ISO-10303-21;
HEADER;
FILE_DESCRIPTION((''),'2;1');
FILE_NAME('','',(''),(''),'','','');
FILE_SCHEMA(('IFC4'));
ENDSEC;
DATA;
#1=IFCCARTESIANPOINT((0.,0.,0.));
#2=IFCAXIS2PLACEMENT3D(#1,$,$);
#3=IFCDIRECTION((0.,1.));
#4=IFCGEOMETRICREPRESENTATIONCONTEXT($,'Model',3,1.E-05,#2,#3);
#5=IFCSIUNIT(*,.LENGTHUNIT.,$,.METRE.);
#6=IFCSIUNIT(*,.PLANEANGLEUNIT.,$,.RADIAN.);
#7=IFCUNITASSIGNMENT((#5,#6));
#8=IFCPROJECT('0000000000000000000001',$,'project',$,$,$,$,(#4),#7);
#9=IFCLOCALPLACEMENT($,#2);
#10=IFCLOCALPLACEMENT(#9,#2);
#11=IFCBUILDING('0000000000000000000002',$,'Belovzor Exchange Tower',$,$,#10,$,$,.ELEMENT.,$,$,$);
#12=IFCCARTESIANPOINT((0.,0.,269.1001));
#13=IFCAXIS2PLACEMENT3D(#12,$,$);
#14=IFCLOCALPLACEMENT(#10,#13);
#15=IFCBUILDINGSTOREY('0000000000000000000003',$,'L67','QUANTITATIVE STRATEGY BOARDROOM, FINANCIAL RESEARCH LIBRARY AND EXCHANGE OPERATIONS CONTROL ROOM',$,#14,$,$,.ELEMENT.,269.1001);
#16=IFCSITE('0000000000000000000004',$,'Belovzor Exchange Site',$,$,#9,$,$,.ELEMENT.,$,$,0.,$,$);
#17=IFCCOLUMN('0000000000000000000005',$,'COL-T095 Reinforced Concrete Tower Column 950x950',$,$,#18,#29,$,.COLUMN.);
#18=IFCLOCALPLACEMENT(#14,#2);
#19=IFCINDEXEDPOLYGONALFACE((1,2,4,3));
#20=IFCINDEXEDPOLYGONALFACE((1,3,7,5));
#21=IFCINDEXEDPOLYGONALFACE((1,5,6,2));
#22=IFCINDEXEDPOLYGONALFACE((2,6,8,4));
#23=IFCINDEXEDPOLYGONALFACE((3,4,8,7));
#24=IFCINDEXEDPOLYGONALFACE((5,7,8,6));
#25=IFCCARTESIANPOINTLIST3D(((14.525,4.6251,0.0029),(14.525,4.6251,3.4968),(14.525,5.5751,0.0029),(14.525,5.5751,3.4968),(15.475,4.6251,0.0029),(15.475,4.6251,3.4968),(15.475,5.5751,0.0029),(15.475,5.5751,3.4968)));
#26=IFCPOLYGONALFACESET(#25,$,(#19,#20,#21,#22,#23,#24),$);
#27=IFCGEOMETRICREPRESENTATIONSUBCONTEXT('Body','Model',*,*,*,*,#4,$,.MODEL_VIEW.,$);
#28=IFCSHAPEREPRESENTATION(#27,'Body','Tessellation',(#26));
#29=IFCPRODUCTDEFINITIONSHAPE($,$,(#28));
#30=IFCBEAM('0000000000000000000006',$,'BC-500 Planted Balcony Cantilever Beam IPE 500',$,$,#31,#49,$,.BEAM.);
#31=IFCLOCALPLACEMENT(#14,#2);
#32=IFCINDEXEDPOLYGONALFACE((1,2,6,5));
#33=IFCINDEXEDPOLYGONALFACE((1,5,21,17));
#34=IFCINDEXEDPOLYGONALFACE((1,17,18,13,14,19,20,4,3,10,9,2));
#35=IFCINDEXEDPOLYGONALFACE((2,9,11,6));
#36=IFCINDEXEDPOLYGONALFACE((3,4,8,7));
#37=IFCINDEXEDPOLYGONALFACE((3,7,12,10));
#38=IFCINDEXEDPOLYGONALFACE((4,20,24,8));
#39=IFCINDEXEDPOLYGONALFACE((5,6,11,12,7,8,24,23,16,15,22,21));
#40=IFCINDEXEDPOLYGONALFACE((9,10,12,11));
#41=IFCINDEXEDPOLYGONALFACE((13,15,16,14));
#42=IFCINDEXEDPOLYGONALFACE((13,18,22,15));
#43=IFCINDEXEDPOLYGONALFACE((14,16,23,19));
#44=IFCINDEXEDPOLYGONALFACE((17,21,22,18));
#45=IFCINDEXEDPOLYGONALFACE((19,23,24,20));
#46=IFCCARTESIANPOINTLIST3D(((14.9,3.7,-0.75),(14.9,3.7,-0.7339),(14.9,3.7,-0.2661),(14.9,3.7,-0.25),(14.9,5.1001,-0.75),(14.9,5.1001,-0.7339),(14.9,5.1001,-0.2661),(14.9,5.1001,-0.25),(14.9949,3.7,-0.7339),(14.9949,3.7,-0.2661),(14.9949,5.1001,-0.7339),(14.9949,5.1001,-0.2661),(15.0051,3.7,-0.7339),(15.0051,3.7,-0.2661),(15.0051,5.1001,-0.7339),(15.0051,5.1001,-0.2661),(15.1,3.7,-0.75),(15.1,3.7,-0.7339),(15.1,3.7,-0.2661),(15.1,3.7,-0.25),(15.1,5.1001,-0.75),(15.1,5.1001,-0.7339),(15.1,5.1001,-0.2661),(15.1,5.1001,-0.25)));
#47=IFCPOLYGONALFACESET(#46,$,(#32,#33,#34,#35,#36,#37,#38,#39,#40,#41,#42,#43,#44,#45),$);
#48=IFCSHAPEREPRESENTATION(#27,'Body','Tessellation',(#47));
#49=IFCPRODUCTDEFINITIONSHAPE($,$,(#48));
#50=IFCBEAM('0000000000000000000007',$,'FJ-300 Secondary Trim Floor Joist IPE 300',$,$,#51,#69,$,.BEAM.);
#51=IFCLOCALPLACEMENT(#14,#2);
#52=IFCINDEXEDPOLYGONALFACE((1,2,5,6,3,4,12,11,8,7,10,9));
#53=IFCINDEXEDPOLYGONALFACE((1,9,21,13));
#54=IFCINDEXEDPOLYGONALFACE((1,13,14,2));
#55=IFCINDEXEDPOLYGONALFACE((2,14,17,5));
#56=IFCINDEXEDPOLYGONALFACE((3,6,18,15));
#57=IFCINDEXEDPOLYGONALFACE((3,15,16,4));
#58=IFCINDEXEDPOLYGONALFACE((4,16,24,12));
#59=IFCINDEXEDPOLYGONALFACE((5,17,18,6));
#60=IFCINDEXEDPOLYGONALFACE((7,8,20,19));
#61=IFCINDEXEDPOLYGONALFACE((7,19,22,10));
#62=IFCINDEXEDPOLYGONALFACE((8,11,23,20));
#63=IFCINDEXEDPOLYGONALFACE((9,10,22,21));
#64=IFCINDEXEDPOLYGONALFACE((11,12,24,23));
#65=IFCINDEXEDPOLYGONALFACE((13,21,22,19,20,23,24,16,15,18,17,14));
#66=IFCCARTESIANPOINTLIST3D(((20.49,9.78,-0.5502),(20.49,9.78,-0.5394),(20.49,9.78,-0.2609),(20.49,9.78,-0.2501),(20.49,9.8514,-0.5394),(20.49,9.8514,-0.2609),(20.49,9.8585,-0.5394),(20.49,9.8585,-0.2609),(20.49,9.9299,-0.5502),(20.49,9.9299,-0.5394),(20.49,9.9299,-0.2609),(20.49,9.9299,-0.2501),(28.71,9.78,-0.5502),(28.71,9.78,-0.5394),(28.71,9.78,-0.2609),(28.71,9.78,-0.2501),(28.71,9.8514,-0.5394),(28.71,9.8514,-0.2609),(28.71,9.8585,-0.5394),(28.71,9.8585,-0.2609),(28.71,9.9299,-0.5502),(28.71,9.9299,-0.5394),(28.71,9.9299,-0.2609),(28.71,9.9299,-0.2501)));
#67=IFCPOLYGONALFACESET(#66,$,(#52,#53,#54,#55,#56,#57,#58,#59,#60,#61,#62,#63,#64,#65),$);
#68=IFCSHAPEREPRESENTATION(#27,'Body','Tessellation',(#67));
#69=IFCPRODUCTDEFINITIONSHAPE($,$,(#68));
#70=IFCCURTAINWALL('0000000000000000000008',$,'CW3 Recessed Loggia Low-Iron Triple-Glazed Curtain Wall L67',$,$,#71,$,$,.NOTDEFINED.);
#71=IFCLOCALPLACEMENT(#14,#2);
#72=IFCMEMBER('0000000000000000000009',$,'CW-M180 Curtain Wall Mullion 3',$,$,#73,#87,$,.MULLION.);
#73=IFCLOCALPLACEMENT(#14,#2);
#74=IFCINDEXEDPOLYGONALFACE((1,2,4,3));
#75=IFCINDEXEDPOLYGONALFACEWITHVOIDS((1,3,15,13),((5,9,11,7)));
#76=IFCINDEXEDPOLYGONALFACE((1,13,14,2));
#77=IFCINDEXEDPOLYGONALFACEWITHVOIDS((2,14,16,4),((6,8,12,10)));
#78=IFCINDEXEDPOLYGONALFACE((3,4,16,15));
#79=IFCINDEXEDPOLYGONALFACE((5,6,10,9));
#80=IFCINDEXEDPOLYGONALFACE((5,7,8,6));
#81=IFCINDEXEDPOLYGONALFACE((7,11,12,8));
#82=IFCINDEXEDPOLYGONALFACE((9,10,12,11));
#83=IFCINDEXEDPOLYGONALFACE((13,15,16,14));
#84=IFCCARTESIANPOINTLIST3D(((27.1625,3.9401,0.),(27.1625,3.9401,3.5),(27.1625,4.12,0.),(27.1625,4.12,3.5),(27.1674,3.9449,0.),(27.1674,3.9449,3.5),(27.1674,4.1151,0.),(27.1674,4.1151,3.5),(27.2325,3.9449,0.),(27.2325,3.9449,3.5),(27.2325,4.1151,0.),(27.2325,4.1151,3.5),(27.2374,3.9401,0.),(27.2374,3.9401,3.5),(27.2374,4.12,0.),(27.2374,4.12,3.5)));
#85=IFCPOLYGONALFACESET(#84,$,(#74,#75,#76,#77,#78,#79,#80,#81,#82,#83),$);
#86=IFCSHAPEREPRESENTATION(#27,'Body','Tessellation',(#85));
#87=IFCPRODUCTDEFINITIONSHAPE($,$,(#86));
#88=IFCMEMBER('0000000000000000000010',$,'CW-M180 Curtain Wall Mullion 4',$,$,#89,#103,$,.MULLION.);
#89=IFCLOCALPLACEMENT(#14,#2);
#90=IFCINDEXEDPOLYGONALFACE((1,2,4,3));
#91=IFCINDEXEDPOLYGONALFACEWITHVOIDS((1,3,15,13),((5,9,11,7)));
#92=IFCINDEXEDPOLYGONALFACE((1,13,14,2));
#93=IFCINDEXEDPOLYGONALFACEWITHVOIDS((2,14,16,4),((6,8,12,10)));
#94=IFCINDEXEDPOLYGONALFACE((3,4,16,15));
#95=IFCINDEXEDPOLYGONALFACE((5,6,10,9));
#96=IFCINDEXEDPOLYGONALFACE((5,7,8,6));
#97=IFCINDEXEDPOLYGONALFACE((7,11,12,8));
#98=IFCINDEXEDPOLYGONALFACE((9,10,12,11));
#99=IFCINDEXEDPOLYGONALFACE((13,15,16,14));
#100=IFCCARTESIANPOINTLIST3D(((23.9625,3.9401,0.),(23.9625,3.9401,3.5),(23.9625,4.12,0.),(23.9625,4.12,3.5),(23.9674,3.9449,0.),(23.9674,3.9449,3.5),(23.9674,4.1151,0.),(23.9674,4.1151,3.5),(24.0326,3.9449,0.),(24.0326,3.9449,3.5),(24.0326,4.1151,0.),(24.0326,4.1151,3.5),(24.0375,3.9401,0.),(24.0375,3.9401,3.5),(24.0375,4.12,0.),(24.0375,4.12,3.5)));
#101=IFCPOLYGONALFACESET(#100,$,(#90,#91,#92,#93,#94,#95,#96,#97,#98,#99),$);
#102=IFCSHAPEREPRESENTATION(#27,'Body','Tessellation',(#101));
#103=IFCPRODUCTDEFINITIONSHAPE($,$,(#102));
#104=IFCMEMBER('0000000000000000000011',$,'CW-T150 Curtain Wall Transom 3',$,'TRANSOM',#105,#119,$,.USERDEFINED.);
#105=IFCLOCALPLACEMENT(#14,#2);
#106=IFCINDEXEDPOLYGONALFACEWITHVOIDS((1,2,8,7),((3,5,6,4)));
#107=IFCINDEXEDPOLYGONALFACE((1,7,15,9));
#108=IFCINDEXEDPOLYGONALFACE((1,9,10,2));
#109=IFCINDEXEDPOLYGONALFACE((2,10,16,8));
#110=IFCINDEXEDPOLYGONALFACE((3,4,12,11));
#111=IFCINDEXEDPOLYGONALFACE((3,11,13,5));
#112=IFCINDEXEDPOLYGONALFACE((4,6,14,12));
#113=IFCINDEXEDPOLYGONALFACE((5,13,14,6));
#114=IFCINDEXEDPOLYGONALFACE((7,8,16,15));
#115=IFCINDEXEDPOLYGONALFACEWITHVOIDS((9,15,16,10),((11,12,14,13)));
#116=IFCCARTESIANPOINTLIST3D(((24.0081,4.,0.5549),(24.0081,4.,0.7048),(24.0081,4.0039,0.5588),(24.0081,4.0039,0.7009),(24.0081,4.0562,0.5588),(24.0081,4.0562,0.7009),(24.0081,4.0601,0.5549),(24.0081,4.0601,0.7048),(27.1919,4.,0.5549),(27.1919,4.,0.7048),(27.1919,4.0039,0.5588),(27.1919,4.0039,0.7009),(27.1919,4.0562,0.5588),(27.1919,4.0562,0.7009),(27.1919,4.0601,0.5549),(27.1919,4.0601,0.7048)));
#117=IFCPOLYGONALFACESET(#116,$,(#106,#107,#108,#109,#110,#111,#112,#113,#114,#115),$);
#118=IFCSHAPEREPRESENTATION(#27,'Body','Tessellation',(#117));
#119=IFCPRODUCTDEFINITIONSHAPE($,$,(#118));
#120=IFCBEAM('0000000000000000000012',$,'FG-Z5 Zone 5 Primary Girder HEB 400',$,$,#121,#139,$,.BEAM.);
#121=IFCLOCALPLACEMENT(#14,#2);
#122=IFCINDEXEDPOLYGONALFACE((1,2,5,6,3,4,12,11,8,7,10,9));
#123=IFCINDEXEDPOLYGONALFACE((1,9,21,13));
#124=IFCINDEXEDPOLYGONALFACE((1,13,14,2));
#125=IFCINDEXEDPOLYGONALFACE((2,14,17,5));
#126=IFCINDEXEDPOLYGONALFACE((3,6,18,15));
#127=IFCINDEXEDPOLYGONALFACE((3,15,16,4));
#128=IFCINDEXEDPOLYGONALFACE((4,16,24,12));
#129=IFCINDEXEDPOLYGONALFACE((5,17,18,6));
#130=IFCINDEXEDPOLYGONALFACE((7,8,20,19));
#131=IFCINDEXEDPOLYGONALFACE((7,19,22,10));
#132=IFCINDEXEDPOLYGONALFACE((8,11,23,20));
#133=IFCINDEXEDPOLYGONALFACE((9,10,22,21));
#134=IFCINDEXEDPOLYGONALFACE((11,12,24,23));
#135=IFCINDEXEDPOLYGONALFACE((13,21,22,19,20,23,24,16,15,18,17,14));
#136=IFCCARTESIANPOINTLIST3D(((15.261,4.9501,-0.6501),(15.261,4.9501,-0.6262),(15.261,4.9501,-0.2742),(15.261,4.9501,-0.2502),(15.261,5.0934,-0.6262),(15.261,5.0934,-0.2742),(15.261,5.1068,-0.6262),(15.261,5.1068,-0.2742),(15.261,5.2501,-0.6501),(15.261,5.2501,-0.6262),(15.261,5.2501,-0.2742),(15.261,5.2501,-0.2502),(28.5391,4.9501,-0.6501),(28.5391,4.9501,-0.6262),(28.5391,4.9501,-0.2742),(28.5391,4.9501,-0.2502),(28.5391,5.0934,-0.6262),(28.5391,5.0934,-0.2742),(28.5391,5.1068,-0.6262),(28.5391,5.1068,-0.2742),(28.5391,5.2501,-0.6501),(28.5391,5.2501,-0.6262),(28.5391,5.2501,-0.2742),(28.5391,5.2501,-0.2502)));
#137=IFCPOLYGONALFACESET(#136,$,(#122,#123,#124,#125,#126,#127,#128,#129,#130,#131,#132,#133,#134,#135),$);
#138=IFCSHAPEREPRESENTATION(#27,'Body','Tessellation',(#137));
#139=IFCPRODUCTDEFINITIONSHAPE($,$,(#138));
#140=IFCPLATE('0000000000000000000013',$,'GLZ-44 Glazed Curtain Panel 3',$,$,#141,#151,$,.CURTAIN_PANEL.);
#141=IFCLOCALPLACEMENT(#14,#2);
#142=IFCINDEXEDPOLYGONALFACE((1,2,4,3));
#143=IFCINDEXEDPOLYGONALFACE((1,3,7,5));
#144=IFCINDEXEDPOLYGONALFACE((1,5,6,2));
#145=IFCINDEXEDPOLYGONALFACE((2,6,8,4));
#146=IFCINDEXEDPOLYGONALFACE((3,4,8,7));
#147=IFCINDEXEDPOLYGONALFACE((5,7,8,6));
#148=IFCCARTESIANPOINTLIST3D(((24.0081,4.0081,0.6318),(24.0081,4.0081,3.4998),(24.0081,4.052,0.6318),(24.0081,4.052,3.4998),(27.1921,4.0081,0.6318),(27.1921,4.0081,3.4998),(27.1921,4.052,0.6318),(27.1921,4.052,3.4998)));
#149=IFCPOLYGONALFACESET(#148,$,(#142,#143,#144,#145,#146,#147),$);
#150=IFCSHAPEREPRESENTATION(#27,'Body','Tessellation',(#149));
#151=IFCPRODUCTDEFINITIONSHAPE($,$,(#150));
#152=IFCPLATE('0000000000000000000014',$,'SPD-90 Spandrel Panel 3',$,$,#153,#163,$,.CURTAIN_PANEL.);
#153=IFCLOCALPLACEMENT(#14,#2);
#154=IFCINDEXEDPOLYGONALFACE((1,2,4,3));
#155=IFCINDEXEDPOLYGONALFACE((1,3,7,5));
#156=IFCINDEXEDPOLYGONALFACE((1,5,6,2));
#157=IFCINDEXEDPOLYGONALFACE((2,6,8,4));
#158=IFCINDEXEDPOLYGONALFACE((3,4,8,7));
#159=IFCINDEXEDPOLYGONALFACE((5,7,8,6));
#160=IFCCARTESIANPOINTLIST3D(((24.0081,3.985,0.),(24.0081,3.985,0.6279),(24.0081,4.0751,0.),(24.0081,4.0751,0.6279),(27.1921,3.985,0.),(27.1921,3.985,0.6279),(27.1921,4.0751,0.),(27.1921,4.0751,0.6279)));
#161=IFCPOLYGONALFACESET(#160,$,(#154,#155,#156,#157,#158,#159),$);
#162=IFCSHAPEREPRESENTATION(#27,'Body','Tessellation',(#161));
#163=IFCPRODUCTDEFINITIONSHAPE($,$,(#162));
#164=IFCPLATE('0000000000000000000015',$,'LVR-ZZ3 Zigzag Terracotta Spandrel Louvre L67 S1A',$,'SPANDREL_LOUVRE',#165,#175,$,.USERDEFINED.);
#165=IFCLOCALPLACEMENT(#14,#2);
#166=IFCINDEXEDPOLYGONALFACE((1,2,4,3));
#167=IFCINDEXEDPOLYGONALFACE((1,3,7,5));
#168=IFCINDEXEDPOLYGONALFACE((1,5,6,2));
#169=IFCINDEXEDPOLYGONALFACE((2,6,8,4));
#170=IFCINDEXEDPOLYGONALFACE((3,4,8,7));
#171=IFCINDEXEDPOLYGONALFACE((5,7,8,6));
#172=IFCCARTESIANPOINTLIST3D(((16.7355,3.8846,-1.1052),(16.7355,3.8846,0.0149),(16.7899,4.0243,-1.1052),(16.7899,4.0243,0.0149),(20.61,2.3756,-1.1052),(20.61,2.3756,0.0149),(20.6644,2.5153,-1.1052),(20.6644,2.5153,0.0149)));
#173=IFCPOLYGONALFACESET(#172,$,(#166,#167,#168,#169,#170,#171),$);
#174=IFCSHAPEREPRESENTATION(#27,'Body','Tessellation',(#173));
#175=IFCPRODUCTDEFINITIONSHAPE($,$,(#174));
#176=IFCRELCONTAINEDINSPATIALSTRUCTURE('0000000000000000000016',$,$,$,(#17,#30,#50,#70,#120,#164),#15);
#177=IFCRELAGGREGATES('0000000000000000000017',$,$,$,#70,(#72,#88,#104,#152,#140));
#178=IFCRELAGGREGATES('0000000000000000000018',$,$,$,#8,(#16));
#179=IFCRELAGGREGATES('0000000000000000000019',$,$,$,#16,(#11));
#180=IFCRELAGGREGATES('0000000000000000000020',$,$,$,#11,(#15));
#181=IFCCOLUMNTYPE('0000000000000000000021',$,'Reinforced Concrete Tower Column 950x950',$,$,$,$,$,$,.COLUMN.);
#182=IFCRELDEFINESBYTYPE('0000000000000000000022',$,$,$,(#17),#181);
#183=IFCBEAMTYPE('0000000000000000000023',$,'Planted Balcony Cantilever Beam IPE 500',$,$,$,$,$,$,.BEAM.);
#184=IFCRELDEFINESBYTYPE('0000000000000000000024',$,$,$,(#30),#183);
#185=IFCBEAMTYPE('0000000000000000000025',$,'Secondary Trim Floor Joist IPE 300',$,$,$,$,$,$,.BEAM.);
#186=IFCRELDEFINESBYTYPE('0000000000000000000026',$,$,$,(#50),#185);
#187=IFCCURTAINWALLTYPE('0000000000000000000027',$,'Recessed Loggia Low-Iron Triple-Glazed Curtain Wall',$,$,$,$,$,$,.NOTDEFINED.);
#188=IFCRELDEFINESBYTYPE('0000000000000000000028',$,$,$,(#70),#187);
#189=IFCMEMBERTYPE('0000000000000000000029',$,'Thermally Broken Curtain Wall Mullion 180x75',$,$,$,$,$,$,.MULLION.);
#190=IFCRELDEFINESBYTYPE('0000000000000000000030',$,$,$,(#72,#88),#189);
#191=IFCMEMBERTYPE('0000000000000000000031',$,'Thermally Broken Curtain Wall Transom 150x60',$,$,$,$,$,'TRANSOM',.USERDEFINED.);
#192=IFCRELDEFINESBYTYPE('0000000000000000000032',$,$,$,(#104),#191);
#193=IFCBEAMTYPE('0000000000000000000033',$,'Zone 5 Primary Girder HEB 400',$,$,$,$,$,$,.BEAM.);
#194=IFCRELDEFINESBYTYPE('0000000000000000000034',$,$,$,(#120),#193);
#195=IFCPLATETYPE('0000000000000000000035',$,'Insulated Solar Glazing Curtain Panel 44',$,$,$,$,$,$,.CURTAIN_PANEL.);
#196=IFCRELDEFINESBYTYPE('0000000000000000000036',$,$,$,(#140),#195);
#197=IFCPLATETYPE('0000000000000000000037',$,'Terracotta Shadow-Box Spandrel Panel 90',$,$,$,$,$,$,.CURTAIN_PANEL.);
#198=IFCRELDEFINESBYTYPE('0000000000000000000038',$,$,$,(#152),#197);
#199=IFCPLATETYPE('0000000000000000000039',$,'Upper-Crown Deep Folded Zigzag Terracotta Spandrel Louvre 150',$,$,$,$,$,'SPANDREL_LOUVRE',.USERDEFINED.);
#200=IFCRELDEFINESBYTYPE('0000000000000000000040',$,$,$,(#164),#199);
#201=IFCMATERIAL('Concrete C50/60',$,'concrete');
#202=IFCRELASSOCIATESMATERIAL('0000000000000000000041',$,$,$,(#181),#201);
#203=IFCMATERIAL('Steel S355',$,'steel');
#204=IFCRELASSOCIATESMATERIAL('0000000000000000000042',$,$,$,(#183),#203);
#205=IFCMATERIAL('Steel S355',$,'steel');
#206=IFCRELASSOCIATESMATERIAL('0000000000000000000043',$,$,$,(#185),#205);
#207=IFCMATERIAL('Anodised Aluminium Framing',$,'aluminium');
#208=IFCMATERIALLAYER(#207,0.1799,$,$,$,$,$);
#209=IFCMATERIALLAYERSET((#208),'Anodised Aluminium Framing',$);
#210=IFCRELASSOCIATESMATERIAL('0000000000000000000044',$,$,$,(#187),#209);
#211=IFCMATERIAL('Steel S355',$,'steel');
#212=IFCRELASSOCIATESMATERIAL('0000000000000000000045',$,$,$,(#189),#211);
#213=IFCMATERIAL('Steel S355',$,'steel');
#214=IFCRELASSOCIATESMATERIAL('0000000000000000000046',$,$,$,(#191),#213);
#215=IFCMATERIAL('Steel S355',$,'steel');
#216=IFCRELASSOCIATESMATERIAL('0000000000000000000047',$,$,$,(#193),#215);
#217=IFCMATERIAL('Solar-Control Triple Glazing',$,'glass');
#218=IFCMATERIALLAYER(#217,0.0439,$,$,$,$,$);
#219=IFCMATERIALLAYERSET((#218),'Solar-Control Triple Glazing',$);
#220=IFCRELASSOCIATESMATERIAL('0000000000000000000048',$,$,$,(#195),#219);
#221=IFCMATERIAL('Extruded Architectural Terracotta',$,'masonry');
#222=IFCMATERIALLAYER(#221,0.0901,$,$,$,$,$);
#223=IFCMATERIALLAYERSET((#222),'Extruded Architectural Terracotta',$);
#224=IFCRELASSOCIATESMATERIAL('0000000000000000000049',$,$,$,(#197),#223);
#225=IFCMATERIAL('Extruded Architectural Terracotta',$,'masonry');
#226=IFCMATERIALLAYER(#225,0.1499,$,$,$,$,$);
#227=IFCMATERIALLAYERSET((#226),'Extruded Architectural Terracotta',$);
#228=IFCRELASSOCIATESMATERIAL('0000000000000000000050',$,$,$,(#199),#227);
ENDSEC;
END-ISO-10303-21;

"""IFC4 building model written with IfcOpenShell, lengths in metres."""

from ifc_helpers import new_model, si_unit, direction, frame, origin, origin_2d, place, context, subcontext, project, spatial, rectangle, hollow_rectangle, i_section, extrude, material, layer, layer_set, material_profile, profile_set, type_object, element, aggregate, save


model = new_model("IFC4")

# Units and contexts
model_context = context("Model", 3, precision=1e-05, world=origin(), true_north=direction((0.0, 1.0)))
body_context = subcontext(model_context, "Body", "Model", "MODEL_VIEW")
ifc_project = project(units=[si_unit("LENGTHUNIT", "METRE"), si_unit("PLANEANGLEUNIT", "RADIAN")], contexts=[model_context])

# Site, building, storey
site_placement = place(None, origin())
site = spatial("IfcSite", under=ifc_project, at=site_placement, Name="Belovzor Exchange Site", CompositionType="ELEMENT", RefElevation=0.0)
building_placement = place(site_placement, origin())
building = spatial("IfcBuilding", under=site, at=building_placement, Name="Belovzor Exchange Tower", CompositionType="ELEMENT")
storey_placement = place(building_placement, frame((0.0, 0.0, 269.1001)))
storey = spatial("IfcBuildingStorey", under=building, at=storey_placement, Name="L67", Description="QUANTITATIVE STRATEGY BOARDROOM, FINANCIAL RESEARCH LIBRARY AND EXCHANGE OPERATIONS CONTROL ROOM", CompositionType="ELEMENT", Elevation=269.1001)

# Column
ifc_material_1 = material(Name="Concrete C50/60", Category="concrete")
ifc_material_profile_1 = material_profile(ifc_material_1, rectangle(XDim=0.95, YDim=0.95, at=origin_2d()))
ifc_profile_set_1 = profile_set([ifc_material_profile_1], Name="Concrete C50/60")
column_type = type_object("IfcColumnType", Name="Reinforced Concrete Tower Column 950x950", PredefinedType="COLUMN", material=ifc_profile_set_1)
column_placement = place(storey_placement, frame((15.0, 5.1001, 0.0029), z_axis=(0.0, 0.0, 1.0), x_axis=(1.0, 0.0, 0.0)))
element("IfcColumn", 1, at=column_placement, inside=storey, type_object=column_type, Name="COL-T095 Reinforced Concrete Tower Column 950x950", PredefinedType="COLUMN", context=body_context, shape_type="SweptSolid", body=[
    extrude(rectangle(XDim=0.95, YDim=0.95, at=origin_2d()), origin(), (0.0, 0.0, 1.0), 3.4939),
])

# Beams
ifc_material_2 = material(Name="Steel S355", Category="steel")
ifc_material_profile_2 = material_profile(ifc_material_2, i_section(OverallWidth=0.2, OverallDepth=0.5, WebThickness=0.0103, FlangeThickness=0.0161, at=origin_2d()))
ifc_profile_set_2 = profile_set([ifc_material_profile_2], Name="Steel S355")
beam_type_1 = type_object("IfcBeamType", Name="Planted Balcony Cantilever Beam IPE 500", PredefinedType="BEAM", material=ifc_profile_set_2)
beam_1_placement = place(storey_placement, frame((15.0, 5.1001, -0.5), z_axis=(0.0, -1.0, 0.0), x_axis=(1.0, 0.0, 0.0)))
element("IfcBeam", 2, at=beam_1_placement, inside=storey, type_object=beam_type_1, Name="BC-500 Planted Balcony Cantilever Beam IPE 500", PredefinedType="BEAM", context=body_context, shape_type="SweptSolid", body=[
    extrude(i_section(OverallWidth=0.2, OverallDepth=0.5, WebThickness=0.0103, FlangeThickness=0.0161, at=origin_2d()), origin(), (0.0, 0.0, 1.0), 1.4001),
])
ifc_material_3 = material(Name="Steel S355", Category="steel")
ifc_material_profile_3 = material_profile(ifc_material_3, i_section(OverallWidth=0.1499, OverallDepth=0.3, WebThickness=0.0071, FlangeThickness=0.0107, at=origin_2d()))
ifc_profile_set_3 = profile_set([ifc_material_profile_3], Name="Steel S355")
beam_type_2 = type_object("IfcBeamType", Name="Secondary Trim Floor Joist IPE 300", PredefinedType="BEAM", material=ifc_profile_set_3)
beam_2_placement = place(storey_placement, frame((20.49, 9.855, -0.4001), z_axis=(1.0, 0.0, 0.0), x_axis=(0.0, 1.0, 0.0)))
element("IfcBeam", 3, at=beam_2_placement, inside=storey, type_object=beam_type_2, Name="FJ-300 Secondary Trim Floor Joist IPE 300", PredefinedType="BEAM", context=body_context, shape_type="SweptSolid", body=[
    extrude(i_section(OverallWidth=0.1499, OverallDepth=0.3, WebThickness=0.0071, FlangeThickness=0.0107, at=origin_2d()), origin(), (0.0, 0.0, 1.0), 8.22),
])

# Curtain wall, members
ifc_material_4 = material(Name="Anodised Aluminium Framing", Category="aluminium")
ifc_layer_1 = layer(ifc_material_4, 0.1799)
ifc_layer_set_1 = layer_set([ifc_layer_1], Name="Anodised Aluminium Framing")
curtain_wall_type = type_object("IfcCurtainWallType", Name="Recessed Loggia Low-Iron Triple-Glazed Curtain Wall", PredefinedType="NOTDEFINED", material=ifc_layer_set_1)
curtain_wall_placement = place(storey_placement, origin())
curtain_wall = element("IfcCurtainWall", 4, at=curtain_wall_placement, inside=storey, type_object=curtain_wall_type, Name="CW3 Recessed Loggia Low-Iron Triple-Glazed Curtain Wall L67", PredefinedType="NOTDEFINED")
ifc_material_5 = material(Name="Steel S355", Category="steel")
ifc_material_profile_4 = material_profile(ifc_material_5, hollow_rectangle(XDim=0.075, YDim=0.1799, WallThickness=0.0049, at=origin_2d()))
ifc_profile_set_4 = profile_set([ifc_material_profile_4], Name="Steel S355")
member_type_1 = type_object("IfcMemberType", Name="Thermally Broken Curtain Wall Mullion 180x75", PredefinedType="MULLION", material=ifc_profile_set_4)
member_1_placement = place(storey_placement, frame((27.2, 4.03, 0.0), z_axis=(0.0, 0.0, 1.0), x_axis=(-1.0, 0.0, 0.0)))
member_1 = element("IfcMember", 5, at=member_1_placement, type_object=member_type_1, Name="CW-M180 Curtain Wall Mullion 3", PredefinedType="MULLION", context=body_context, shape_type="SweptSolid", body=[
    extrude(hollow_rectangle(XDim=0.075, YDim=0.1799, WallThickness=0.0049, at=origin_2d()), origin(), (0.0, 0.0, 1.0), 3.5),
])
member_2_placement = place(storey_placement, frame((24.0, 4.03, 0.0), z_axis=(0.0, 0.0, 1.0), x_axis=(-1.0, 0.0, 0.0)))
member_2 = element("IfcMember", 6, at=member_2_placement, type_object=member_type_1, Name="CW-M180 Curtain Wall Mullion 4", PredefinedType="MULLION", context=body_context, shape_type="SweptSolid", body=[
    extrude(hollow_rectangle(XDim=0.075, YDim=0.1799, WallThickness=0.0049, at=origin_2d()), origin(), (0.0, 0.0, 1.0), 3.5),
])
ifc_material_6 = material(Name="Steel S355", Category="steel")
ifc_material_profile_5 = material_profile(ifc_material_6, hollow_rectangle(XDim=0.0601, YDim=0.1499, WallThickness=0.0039, at=origin_2d()))
ifc_profile_set_5 = profile_set([ifc_material_profile_5], Name="Steel S355")
member_type_2 = type_object("IfcMemberType", Name="Thermally Broken Curtain Wall Transom 150x60", ElementType="TRANSOM", PredefinedType="USERDEFINED", material=ifc_profile_set_5)
member_3_placement = place(storey_placement, frame((27.1919, 4.03, 0.6299), z_axis=(-1.0, 0.0, 0.0), x_axis=(0.0, -1.0, 0.0)))
member_3 = element("IfcMember", 7, at=member_3_placement, type_object=member_type_2, Name="CW-T150 Curtain Wall Transom 3", ObjectType="TRANSOM", PredefinedType="USERDEFINED", context=body_context, shape_type="SweptSolid", body=[
    extrude(hollow_rectangle(XDim=0.0601, YDim=0.1499, WallThickness=0.0039, at=origin_2d()), origin(), (0.0, 0.0, 1.0), 3.1838),
])

# Beam
ifc_material_7 = material(Name="Steel S355", Category="steel")
ifc_material_profile_6 = material_profile(ifc_material_7, i_section(OverallWidth=0.3, OverallDepth=0.3999, WebThickness=0.0134, FlangeThickness=0.0239, at=origin_2d()))
ifc_profile_set_6 = profile_set([ifc_material_profile_6], Name="Steel S355")
beam_type_3 = type_object("IfcBeamType", Name="Zone 5 Primary Girder HEB 400", PredefinedType="BEAM", material=ifc_profile_set_6)
beam_3_placement = place(storey_placement, frame((15.261, 5.1001, -0.4502), z_axis=(1.0, 0.0, 0.0), x_axis=(0.0, 1.0, 0.0)))
element("IfcBeam", 8, at=beam_3_placement, inside=storey, type_object=beam_type_3, Name="FG-Z5 Zone 5 Primary Girder HEB 400", PredefinedType="BEAM", context=body_context, shape_type="SweptSolid", body=[
    extrude(i_section(OverallWidth=0.3, OverallDepth=0.3999, WebThickness=0.0134, FlangeThickness=0.0239, at=origin_2d()), origin(), (0.0, 0.0, 1.0), 13.2781),
])

# Plates
ifc_material_8 = material(Name="Solar-Control Triple Glazing", Category="glass")
ifc_layer_2 = layer(ifc_material_8, 0.0439)
ifc_layer_set_2 = layer_set([ifc_layer_2], Name="Solar-Control Triple Glazing")
plate_type_1 = type_object("IfcPlateType", Name="Insulated Solar Glazing Curtain Panel 44", PredefinedType="CURTAIN_PANEL", material=ifc_layer_set_2)
plate_1_placement = place(storey_placement, frame((25.6001, 4.03, 0.6318), z_axis=(0.0, 0.0, 1.0), x_axis=(-1.0, 0.0, 0.0)))
plate_1 = element("IfcPlate", 9, at=plate_1_placement, type_object=plate_type_1, Name="GLZ-44 Glazed Curtain Panel 3", PredefinedType="CURTAIN_PANEL", context=body_context, shape_type="SweptSolid", body=[
    extrude(rectangle(XDim=3.1841, YDim=0.0439, at=origin_2d()), origin(), (0.0, 0.0, 1.0), 2.8679),
])
ifc_material_9 = material(Name="Extruded Architectural Terracotta", Category="masonry")
ifc_layer_3 = layer(ifc_material_9, 0.0901)
ifc_layer_set_3 = layer_set([ifc_layer_3], Name="Extruded Architectural Terracotta")
plate_type_2 = type_object("IfcPlateType", Name="Terracotta Shadow-Box Spandrel Panel 90", PredefinedType="CURTAIN_PANEL", material=ifc_layer_set_3)
plate_2_placement = place(storey_placement, frame((25.6001, 4.03, 0.0), z_axis=(0.0, 0.0, 1.0), x_axis=(-1.0, 0.0, 0.0)))
plate_2 = element("IfcPlate", 10, at=plate_2_placement, type_object=plate_type_2, Name="SPD-90 Spandrel Panel 3", PredefinedType="CURTAIN_PANEL", context=body_context, shape_type="SweptSolid", body=[
    extrude(rectangle(XDim=3.1841, YDim=0.0901, at=origin_2d()), origin(), (0.0, 0.0, 1.0), 0.6279),
])
aggregate(curtain_wall, [member_1, member_2, member_3, plate_2, plate_1])

# Plate
ifc_material_10 = material(Name="Extruded Architectural Terracotta", Category="masonry")
ifc_layer_4 = layer(ifc_material_10, 0.1499)
ifc_layer_set_4 = layer_set([ifc_layer_4], Name="Extruded Architectural Terracotta")
plate_type_3 = type_object("IfcPlateType", Name="Upper-Crown Deep Folded Zigzag Terracotta Spandrel Louvre 150", ElementType="SPANDREL_LOUVRE", PredefinedType="USERDEFINED", material=ifc_layer_set_4)
for number, where, z_axis, x_axis, name in (
    (11, (18.7, 3.2, -1.1052), (0.0, 0.0, 1.0), (0.931818, -0.362926, 0.0), "LVR-ZZ3 Zigzag Terracotta Spandrel Louvre L67 S1A"),
):
    element("IfcPlate", number, at=place(storey_placement, frame(where, z_axis=z_axis, x_axis=x_axis)), inside=storey, type_object=plate_type_3, Name=name, ObjectType="SPANDREL_LOUVRE", PredefinedType="USERDEFINED", context=body_context, shape_type="SweptSolid", body=[
        extrude(rectangle(XDim=4.158, YDim=0.1499, at=origin_2d()), origin(), (0.0, 0.0, 1.0), 1.1201),
    ])

save(model, "model.ifc")
